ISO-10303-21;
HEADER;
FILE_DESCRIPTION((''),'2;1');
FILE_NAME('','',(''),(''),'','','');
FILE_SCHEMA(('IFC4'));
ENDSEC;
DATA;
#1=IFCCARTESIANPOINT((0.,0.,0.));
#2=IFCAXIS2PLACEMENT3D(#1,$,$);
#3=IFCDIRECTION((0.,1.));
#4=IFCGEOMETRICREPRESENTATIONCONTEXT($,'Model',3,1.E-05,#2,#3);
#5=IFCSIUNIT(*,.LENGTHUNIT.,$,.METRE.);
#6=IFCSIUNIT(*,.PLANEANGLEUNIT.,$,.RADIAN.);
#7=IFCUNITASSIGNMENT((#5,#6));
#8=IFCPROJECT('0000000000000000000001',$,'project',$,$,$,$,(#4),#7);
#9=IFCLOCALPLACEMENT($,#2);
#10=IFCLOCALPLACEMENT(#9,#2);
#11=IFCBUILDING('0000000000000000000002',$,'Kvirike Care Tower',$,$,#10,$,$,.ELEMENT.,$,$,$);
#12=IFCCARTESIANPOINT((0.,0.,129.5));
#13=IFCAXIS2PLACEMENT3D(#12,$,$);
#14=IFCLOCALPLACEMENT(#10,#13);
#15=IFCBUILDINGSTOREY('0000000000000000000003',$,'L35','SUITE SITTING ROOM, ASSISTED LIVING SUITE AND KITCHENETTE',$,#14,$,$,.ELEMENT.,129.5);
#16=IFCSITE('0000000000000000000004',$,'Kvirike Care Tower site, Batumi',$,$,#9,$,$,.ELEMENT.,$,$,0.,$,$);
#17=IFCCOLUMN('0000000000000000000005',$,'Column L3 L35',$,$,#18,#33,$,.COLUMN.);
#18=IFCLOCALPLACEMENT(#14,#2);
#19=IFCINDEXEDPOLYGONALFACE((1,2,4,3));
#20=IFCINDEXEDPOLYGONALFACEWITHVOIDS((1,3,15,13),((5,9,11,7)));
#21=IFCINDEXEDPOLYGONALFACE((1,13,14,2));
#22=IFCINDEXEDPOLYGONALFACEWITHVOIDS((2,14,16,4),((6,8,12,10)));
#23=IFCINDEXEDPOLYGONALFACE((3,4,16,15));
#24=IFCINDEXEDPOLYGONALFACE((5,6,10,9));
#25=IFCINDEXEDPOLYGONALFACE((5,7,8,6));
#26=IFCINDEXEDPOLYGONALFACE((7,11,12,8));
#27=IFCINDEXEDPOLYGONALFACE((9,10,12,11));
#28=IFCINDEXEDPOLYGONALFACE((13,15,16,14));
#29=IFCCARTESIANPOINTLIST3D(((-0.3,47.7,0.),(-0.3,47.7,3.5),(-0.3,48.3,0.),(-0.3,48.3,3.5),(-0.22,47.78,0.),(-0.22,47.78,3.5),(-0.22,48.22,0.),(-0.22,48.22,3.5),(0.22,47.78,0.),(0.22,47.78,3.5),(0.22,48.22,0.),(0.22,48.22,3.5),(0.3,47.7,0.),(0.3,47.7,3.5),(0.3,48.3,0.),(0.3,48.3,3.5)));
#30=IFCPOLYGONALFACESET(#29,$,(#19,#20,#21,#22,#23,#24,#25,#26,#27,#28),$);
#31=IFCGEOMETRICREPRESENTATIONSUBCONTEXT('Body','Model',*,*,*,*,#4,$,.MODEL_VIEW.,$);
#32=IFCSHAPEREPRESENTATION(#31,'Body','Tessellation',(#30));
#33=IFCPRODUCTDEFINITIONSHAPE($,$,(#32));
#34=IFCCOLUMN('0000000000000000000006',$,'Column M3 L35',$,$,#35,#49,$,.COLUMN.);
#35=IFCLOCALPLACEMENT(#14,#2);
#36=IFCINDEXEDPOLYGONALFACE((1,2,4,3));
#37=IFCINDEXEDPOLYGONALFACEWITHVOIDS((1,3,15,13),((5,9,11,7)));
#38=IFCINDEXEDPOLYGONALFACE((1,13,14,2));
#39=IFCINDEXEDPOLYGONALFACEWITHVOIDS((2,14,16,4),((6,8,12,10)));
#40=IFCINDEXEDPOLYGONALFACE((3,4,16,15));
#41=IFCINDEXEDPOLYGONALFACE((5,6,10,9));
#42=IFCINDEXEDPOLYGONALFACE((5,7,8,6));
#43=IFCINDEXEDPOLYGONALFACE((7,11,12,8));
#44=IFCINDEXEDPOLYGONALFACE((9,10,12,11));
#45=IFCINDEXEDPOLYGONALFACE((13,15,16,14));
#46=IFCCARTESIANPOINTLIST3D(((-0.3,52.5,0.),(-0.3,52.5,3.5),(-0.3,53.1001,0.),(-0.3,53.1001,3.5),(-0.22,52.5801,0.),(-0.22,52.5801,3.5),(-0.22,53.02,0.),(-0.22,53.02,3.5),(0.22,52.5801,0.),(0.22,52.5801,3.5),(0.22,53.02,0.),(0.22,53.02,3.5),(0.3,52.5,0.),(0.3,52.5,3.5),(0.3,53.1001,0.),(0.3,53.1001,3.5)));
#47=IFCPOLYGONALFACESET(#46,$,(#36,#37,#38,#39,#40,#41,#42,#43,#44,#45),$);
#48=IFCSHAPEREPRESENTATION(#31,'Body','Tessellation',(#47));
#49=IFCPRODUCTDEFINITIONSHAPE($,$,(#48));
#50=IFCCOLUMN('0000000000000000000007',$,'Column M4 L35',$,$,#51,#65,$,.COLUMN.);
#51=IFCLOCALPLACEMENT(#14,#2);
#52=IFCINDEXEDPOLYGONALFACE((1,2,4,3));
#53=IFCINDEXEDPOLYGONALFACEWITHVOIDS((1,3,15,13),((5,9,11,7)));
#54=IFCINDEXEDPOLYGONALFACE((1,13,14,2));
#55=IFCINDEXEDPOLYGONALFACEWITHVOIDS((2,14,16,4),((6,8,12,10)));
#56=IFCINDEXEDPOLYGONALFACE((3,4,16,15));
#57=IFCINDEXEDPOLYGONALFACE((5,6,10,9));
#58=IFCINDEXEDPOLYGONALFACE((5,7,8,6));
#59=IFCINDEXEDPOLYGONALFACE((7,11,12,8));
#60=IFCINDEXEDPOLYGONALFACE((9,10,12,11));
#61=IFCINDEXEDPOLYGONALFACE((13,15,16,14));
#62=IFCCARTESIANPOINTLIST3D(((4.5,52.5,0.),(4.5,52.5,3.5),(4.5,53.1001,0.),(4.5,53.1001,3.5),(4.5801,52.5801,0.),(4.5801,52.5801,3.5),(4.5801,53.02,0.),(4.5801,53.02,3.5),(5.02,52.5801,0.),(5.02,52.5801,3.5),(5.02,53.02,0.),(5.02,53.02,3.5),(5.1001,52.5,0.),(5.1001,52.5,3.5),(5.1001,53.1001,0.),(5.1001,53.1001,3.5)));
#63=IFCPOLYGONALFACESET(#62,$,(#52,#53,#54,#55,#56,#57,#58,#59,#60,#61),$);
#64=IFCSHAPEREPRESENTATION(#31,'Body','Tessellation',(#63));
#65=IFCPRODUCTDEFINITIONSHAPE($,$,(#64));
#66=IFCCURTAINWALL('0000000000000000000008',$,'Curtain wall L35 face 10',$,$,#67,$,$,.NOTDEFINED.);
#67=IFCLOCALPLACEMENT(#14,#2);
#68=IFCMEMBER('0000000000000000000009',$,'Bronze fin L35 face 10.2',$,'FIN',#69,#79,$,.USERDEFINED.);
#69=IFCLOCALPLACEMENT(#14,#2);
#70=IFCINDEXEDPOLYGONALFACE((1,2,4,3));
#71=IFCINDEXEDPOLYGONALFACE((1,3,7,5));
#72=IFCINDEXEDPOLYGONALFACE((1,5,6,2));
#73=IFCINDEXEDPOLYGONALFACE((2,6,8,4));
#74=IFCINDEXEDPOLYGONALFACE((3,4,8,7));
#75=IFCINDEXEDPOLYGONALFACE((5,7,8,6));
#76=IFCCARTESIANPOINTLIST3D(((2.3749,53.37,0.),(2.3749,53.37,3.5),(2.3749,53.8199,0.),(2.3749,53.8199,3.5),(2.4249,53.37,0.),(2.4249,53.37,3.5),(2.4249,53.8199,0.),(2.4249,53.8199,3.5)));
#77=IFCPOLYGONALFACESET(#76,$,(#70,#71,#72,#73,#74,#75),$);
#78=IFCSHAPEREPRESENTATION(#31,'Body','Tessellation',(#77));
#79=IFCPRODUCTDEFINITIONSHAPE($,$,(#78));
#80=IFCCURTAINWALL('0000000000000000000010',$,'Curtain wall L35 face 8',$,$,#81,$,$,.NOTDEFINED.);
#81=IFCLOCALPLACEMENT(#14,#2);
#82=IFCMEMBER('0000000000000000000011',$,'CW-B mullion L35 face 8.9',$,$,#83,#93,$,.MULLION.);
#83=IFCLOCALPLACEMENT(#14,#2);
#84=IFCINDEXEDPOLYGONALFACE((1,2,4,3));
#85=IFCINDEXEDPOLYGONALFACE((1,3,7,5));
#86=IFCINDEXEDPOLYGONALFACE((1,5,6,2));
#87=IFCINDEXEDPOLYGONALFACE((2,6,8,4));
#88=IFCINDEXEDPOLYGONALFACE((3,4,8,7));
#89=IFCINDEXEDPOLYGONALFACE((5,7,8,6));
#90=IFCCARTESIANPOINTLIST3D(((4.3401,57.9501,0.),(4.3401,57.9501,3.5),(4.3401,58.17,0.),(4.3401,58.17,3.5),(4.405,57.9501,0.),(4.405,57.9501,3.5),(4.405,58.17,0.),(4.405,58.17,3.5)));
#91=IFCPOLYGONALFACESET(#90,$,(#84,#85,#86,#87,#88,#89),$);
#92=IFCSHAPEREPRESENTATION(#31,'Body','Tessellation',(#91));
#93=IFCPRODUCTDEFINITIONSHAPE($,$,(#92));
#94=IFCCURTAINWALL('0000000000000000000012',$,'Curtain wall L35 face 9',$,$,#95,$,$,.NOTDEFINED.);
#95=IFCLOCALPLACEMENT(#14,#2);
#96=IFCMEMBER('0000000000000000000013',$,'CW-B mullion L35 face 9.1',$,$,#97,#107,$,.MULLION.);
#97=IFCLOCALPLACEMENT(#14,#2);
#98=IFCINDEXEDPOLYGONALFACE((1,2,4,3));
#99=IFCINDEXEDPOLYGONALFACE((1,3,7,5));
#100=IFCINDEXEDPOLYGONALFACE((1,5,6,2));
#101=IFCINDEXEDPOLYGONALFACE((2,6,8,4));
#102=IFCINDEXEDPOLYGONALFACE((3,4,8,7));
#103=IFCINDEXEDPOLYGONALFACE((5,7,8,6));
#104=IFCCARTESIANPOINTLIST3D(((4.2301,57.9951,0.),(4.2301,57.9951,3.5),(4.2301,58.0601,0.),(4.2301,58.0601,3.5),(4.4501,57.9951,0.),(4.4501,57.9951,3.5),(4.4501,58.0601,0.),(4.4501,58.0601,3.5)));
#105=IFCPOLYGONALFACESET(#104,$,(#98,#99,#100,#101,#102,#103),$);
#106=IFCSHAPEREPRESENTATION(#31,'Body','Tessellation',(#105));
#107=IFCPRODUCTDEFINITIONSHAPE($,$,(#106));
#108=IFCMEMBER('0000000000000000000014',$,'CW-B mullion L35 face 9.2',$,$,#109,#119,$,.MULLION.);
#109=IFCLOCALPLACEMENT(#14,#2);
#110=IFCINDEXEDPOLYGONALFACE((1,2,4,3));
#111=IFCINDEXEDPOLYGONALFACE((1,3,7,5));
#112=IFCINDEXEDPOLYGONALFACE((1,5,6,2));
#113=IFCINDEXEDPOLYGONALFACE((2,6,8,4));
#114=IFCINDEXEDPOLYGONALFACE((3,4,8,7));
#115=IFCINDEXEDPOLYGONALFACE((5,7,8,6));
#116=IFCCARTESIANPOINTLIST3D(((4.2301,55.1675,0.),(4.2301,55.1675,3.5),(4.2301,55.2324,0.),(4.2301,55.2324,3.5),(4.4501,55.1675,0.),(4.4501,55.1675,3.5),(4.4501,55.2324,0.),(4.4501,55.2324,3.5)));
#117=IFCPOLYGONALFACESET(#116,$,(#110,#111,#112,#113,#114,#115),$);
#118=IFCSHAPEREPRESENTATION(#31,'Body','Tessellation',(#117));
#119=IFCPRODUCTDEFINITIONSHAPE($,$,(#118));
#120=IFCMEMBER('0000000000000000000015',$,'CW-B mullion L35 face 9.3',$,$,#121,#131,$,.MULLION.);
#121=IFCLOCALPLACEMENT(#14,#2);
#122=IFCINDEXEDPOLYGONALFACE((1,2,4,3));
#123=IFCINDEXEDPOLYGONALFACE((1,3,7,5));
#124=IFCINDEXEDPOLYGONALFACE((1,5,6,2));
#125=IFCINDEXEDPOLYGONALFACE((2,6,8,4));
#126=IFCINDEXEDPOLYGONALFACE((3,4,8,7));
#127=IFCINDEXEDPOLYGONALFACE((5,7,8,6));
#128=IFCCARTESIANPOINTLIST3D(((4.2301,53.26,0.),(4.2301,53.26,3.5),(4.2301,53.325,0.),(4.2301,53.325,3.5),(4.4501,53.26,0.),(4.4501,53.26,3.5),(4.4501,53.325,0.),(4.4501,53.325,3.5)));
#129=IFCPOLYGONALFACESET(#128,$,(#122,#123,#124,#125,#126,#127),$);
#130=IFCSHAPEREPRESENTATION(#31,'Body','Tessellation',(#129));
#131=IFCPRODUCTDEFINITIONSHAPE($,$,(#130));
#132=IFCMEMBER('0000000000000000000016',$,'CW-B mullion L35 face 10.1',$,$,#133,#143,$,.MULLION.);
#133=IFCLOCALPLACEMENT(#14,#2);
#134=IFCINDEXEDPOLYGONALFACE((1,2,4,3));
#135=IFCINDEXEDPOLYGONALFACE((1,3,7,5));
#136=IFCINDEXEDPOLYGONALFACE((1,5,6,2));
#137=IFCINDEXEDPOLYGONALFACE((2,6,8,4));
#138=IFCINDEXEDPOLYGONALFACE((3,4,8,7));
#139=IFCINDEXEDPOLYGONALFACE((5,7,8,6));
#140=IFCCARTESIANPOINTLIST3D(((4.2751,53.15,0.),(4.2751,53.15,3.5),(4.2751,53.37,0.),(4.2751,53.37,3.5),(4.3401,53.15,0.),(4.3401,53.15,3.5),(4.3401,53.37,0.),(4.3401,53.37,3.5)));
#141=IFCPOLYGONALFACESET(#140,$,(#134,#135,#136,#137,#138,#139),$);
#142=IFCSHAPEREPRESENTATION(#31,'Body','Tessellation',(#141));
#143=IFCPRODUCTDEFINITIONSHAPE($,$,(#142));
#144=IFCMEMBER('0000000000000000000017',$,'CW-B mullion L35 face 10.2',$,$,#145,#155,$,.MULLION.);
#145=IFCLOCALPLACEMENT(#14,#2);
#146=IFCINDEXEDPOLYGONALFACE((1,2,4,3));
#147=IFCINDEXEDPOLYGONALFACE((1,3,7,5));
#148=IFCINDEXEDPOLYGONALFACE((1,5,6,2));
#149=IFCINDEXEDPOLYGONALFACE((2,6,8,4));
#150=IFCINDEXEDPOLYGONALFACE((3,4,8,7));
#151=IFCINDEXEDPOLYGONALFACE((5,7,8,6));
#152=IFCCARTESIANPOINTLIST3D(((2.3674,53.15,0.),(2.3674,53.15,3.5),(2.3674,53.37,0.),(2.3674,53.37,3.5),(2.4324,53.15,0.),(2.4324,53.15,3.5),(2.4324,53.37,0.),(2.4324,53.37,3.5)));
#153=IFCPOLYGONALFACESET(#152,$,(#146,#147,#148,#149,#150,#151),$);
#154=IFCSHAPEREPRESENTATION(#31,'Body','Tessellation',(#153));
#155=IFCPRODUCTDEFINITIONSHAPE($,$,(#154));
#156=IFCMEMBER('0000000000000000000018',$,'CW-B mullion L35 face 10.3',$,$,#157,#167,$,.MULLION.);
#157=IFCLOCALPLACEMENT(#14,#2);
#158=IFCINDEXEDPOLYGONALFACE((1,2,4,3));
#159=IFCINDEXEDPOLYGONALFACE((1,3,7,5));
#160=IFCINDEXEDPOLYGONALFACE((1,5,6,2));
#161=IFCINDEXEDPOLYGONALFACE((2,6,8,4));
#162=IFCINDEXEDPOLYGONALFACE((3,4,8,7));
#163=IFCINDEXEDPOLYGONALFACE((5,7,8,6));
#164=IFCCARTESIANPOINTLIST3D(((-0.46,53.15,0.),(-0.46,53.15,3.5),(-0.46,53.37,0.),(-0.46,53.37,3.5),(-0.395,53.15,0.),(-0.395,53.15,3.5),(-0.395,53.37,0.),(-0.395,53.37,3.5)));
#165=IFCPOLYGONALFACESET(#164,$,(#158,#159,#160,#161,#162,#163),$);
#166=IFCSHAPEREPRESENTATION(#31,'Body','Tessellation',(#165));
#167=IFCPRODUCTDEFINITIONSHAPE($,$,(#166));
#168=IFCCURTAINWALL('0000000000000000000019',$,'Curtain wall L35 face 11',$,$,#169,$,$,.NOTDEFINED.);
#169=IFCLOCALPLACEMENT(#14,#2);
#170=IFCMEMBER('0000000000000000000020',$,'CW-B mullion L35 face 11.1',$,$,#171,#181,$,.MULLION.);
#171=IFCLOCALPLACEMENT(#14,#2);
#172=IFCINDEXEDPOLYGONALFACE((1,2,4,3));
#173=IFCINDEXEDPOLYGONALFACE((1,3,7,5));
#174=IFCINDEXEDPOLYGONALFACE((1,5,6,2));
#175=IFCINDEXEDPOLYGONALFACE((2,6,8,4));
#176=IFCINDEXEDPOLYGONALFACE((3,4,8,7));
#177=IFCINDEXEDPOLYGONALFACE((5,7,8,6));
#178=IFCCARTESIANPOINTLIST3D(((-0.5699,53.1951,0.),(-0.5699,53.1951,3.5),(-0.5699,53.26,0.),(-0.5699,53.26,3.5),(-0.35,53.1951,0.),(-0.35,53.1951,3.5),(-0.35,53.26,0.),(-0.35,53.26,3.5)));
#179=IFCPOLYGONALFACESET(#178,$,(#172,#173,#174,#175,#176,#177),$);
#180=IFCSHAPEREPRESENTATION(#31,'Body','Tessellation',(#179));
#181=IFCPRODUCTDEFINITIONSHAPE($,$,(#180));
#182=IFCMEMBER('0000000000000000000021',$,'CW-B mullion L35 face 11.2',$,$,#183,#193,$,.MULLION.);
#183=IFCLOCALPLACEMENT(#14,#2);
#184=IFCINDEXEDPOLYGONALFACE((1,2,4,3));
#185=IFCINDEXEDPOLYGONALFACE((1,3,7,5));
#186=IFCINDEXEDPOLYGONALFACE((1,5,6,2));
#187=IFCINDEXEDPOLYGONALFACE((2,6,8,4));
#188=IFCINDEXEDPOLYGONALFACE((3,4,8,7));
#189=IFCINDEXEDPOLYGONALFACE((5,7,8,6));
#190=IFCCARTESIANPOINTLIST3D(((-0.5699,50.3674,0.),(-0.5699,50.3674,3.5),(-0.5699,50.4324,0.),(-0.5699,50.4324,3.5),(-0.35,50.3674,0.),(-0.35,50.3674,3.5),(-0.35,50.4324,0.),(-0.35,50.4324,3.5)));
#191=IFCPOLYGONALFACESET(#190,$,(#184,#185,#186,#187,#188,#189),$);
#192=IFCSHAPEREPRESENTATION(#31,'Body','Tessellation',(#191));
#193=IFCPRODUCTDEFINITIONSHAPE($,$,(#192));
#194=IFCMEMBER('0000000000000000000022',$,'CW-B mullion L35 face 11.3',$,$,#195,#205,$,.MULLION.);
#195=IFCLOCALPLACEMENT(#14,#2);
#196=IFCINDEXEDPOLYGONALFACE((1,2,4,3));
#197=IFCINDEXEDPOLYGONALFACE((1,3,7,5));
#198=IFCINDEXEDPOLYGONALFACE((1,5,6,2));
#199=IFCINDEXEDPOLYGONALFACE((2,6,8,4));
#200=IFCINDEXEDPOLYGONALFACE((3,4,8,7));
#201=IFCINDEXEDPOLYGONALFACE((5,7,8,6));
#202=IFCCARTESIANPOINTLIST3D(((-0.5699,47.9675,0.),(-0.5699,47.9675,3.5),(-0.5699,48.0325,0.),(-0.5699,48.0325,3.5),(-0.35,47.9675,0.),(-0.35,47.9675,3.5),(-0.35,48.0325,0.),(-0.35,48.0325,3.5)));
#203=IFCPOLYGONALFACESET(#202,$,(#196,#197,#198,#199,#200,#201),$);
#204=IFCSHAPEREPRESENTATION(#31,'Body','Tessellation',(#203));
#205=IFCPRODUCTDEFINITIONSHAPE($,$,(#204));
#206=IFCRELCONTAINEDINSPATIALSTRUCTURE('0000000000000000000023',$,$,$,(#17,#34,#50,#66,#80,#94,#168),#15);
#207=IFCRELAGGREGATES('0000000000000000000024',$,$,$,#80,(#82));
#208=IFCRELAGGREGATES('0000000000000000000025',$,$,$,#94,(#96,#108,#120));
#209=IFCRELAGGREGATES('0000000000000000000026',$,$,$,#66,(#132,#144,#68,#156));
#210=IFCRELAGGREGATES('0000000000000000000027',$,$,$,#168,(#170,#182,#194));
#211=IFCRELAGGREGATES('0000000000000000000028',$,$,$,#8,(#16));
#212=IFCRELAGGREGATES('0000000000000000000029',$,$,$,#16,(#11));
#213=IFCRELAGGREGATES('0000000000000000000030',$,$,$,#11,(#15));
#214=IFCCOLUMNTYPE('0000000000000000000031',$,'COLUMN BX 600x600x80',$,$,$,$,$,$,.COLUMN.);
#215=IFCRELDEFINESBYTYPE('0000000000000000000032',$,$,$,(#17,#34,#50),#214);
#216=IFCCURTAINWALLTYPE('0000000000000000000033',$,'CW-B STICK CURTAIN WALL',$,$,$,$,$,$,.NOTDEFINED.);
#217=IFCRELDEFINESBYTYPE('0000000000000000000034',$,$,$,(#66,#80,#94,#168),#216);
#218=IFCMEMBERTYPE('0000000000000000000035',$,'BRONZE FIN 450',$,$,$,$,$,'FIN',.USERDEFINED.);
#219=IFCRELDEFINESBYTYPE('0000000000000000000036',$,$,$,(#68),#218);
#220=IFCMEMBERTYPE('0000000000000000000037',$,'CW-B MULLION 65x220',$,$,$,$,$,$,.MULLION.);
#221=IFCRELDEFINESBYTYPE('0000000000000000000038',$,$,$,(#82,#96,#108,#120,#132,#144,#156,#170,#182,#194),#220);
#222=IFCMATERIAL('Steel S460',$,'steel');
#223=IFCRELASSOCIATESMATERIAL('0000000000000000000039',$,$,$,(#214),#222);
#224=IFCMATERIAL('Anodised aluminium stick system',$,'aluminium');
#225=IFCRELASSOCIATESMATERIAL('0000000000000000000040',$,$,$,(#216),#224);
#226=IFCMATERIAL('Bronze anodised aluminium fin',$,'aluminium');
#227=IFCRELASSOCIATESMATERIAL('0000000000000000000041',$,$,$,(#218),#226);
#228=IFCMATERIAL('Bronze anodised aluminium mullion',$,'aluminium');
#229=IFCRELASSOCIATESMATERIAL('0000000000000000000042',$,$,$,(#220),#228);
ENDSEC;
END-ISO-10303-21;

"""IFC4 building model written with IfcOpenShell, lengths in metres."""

from ifc_helpers import new_model, si_unit, direction, frame, origin, origin_2d, place, context, subcontext, project, spatial, rectangle, hollow_rectangle, extrude, material, material_profile, profile_set, type_object, element, aggregate, save


model = new_model("IFC4")

# Units and contexts
model_context = context("Model", 3, precision=1e-05, world=origin(), true_north=direction((0.0, 1.0)))
body_context = subcontext(model_context, "Body", "Model", "MODEL_VIEW")
ifc_project = project(units=[si_unit("LENGTHUNIT", "METRE"), si_unit("PLANEANGLEUNIT", "RADIAN")], contexts=[model_context])

# Site, building, storey
site_placement = place(None, origin())
site = spatial("IfcSite", under=ifc_project, at=site_placement, Name="Kvirike Care Tower site, Batumi", CompositionType="ELEMENT", RefElevation=0.0)
building_placement = place(site_placement, origin())
building = spatial("IfcBuilding", under=site, at=building_placement, Name="Kvirike Care Tower", CompositionType="ELEMENT")
storey_placement = place(building_placement, frame((0.0, 0.0, 129.5)))
storey = spatial("IfcBuildingStorey", under=building, at=storey_placement, Name="L35", Description="SUITE SITTING ROOM, ASSISTED LIVING SUITE AND KITCHENETTE", CompositionType="ELEMENT", Elevation=129.5)

# Columns
ifc_material_1 = material(Name="Steel S460", Category="steel")
ifc_material_profile_1 = material_profile(ifc_material_1, hollow_rectangle(XDim=0.6001, YDim=0.6001, WallThickness=0.0801, at=origin_2d()), Name="BX 600x600x80")
ifc_profile_set_1 = profile_set([ifc_material_profile_1], Name="Steel S460")
column_type = type_object("IfcColumnType", Name="COLUMN BX 600x600x80", PredefinedType="COLUMN", material=ifc_profile_set_1)
for number, where, z_axis, x_axis, name in (
    (1, (0.0, 48.0, 0.0), (0.0, 0.0, 1.0), (1.0, 0.0, 0.0), "Column L3 L35"),
    (2, (0.0, 52.8, 0.0), (0.0, 0.0, 1.0), (0.0, 1.0, 0.0), "Column M3 L35"),
    (3, (4.8, 52.8, 0.0), (0.0, 0.0, 1.0), (0.0, 1.0, 0.0), "Column M4 L35"),
):
    element("IfcColumn", number, at=place(storey_placement, frame(where, z_axis=z_axis, x_axis=x_axis)), inside=storey, type_object=column_type, Name=name, PredefinedType="COLUMN", context=body_context, shape_type="SweptSolid", body=[
        extrude(hollow_rectangle(XDim=0.6001, YDim=0.6001, WallThickness=0.0801, at=origin_2d()), origin(), (0.0, 0.0, 1.0), 3.5),
    ])

# Curtain walls, members
ifc_material_2 = material(Name="Anodised aluminium stick system", Category="aluminium")
curtain_wall_type = type_object("IfcCurtainWallType", Name="CW-B STICK CURTAIN WALL", PredefinedType="NOTDEFINED", material=ifc_material_2)
curtain_wall_1_placement = place(storey_placement, origin())
curtain_wall_1 = element("IfcCurtainWall", 4, at=curtain_wall_1_placement, inside=storey, type_object=curtain_wall_type, Name="Curtain wall L35 face 10", PredefinedType="NOTDEFINED")
ifc_material_3 = material(Name="Bronze anodised aluminium fin", Category="aluminium")
ifc_material_profile_2 = material_profile(ifc_material_3, rectangle(XDim=0.05, YDim=0.45, at=origin_2d()), Name="BRONZE FIN 450")
ifc_profile_set_2 = profile_set([ifc_material_profile_2], Name="Bronze anodised aluminium fin")
member_type_1 = type_object("IfcMemberType", Name="BRONZE FIN 450", ElementType="FIN", PredefinedType="USERDEFINED", material=ifc_profile_set_2)
member_1_placement = place(storey_placement, frame((2.3999, 53.595, 0.0), z_axis=(0.0, 0.0, 1.0), x_axis=(-1.0, 0.0, 0.0)))
member_1 = element("IfcMember", 5, at=member_1_placement, type_object=member_type_1, Name="Bronze fin L35 face 10.2", ObjectType="FIN", PredefinedType="USERDEFINED", context=body_context, shape_type="SweptSolid", body=[
    extrude(rectangle(XDim=0.05, YDim=0.45, at=origin_2d()), origin(), (0.0, 0.0, 1.0), 3.5),
])
curtain_wall_2_placement = place(storey_placement, origin())
curtain_wall_2 = element("IfcCurtainWall", 6, at=curtain_wall_2_placement, inside=storey, type_object=curtain_wall_type, Name="Curtain wall L35 face 8", PredefinedType="NOTDEFINED")
ifc_material_4 = material(Name="Bronze anodised aluminium mullion", Category="aluminium")
ifc_material_profile_3 = material_profile(ifc_material_4, rectangle(XDim=0.0649, YDim=0.22, at=origin_2d()), Name="CW-B MULLION 65x220")
ifc_profile_set_3 = profile_set([ifc_material_profile_3], Name="Bronze anodised aluminium mullion")
member_type_2 = type_object("IfcMemberType", Name="CW-B MULLION 65x220", PredefinedType="MULLION", material=ifc_profile_set_3)
member_2_placement = place(storey_placement, frame((4.3726, 58.0601, 0.0), z_axis=(0.0, 0.0, 1.0), x_axis=(-1.0, 0.0, 0.0)))
member_2 = element("IfcMember", 7, at=member_2_placement, type_object=member_type_2, Name="CW-B mullion L35 face 8.9", PredefinedType="MULLION", context=body_context, shape_type="SweptSolid", body=[
    extrude(rectangle(XDim=0.0649, YDim=0.22, at=origin_2d()), origin(), (0.0, 0.0, 1.0), 3.5),
])
aggregate(curtain_wall_2, [member_2])

# Curtain wall, members
curtain_wall_3_placement = place(storey_placement, origin())
curtain_wall_3 = element("IfcCurtainWall", 8, at=curtain_wall_3_placement, inside=storey, type_object=curtain_wall_type, Name="Curtain wall L35 face 9", PredefinedType="NOTDEFINED")
member_3_placement = place(storey_placement, frame((4.3401, 58.0276, 0.0), z_axis=(0.0, 0.0, 1.0), x_axis=(0.0, -1.0, 0.0)))
member_3 = element("IfcMember", 9, at=member_3_placement, type_object=member_type_2, Name="CW-B mullion L35 face 9.1", PredefinedType="MULLION", context=body_context, shape_type="SweptSolid", body=[
    extrude(rectangle(XDim=0.0649, YDim=0.22, at=origin_2d()), origin(), (0.0, 0.0, 1.0), 3.5),
])
member_4_placement = place(storey_placement, frame((4.3401, 55.2, 0.0), z_axis=(0.0, 0.0, 1.0), x_axis=(0.0, -1.0, 0.0)))
member_4 = element("IfcMember", 10, at=member_4_placement, type_object=member_type_2, Name="CW-B mullion L35 face 9.2", PredefinedType="MULLION", context=body_context, shape_type="SweptSolid", body=[
    extrude(rectangle(XDim=0.0649, YDim=0.22, at=origin_2d()), origin(), (0.0, 0.0, 1.0), 3.5),
])
member_5_placement = place(storey_placement, frame((4.3401, 53.2925, 0.0), z_axis=(0.0, 0.0, 1.0), x_axis=(0.0, -1.0, 0.0)))
member_5 = element("IfcMember", 11, at=member_5_placement, type_object=member_type_2, Name="CW-B mullion L35 face 9.3", PredefinedType="MULLION", context=body_context, shape_type="SweptSolid", body=[
    extrude(rectangle(XDim=0.0649, YDim=0.22, at=origin_2d()), origin(), (0.0, 0.0, 1.0), 3.5),
])

# Members
member_6_placement = place(storey_placement, frame((4.3076, 53.26, 0.0), z_axis=(0.0, 0.0, 1.0), x_axis=(-1.0, 0.0, 0.0)))
member_6 = element("IfcMember", 12, at=member_6_placement, type_object=member_type_2, Name="CW-B mullion L35 face 10.1", PredefinedType="MULLION", context=body_context, shape_type="SweptSolid", body=[
    extrude(rectangle(XDim=0.0649, YDim=0.22, at=origin_2d()), origin(), (0.0, 0.0, 1.0), 3.5),
])
member_7_placement = place(storey_placement, frame((2.3999, 53.26, 0.0), z_axis=(0.0, 0.0, 1.0), x_axis=(-1.0, 0.0, 0.0)))
member_7 = element("IfcMember", 13, at=member_7_placement, type_object=member_type_2, Name="CW-B mullion L35 face 10.2", PredefinedType="MULLION", context=body_context, shape_type="SweptSolid", body=[
    extrude(rectangle(XDim=0.0649, YDim=0.22, at=origin_2d()), origin(), (0.0, 0.0, 1.0), 3.5),
])
member_8_placement = place(storey_placement, frame((-0.4275, 53.26, 0.0), z_axis=(0.0, 0.0, 1.0), x_axis=(-1.0, 0.0, 0.0)))
member_8 = element("IfcMember", 14, at=member_8_placement, type_object=member_type_2, Name="CW-B mullion L35 face 10.3", PredefinedType="MULLION", context=body_context, shape_type="SweptSolid", body=[
    extrude(rectangle(XDim=0.0649, YDim=0.22, at=origin_2d()), origin(), (0.0, 0.0, 1.0), 3.5),
])

# Curtain wall, members
curtain_wall_4_placement = place(storey_placement, origin())
curtain_wall_4 = element("IfcCurtainWall", 15, at=curtain_wall_4_placement, inside=storey, type_object=curtain_wall_type, Name="Curtain wall L35 face 11", PredefinedType="NOTDEFINED")
member_9_placement = place(storey_placement, frame((-0.46, 53.2275, 0.0), z_axis=(0.0, 0.0, 1.0), x_axis=(0.0, -1.0, 0.0)))
member_9 = element("IfcMember", 16, at=member_9_placement, type_object=member_type_2, Name="CW-B mullion L35 face 11.1", PredefinedType="MULLION", context=body_context, shape_type="SweptSolid", body=[
    extrude(rectangle(XDim=0.0649, YDim=0.22, at=origin_2d()), origin(), (0.0, 0.0, 1.0), 3.5),
])
member_10_placement = place(storey_placement, frame((-0.46, 50.3999, 0.0), z_axis=(0.0, 0.0, 1.0), x_axis=(0.0, -1.0, 0.0)))
member_10 = element("IfcMember", 17, at=member_10_placement, type_object=member_type_2, Name="CW-B mullion L35 face 11.2", PredefinedType="MULLION", context=body_context, shape_type="SweptSolid", body=[
    extrude(rectangle(XDim=0.0649, YDim=0.22, at=origin_2d()), origin(), (0.0, 0.0, 1.0), 3.5),
])
member_11_placement = place(storey_placement, frame((-0.46, 48.0, 0.0), z_axis=(0.0, 0.0, 1.0), x_axis=(0.0, -1.0, 0.0)))
member_11 = element("IfcMember", 18, at=member_11_placement, type_object=member_type_2, Name="CW-B mullion L35 face 11.3", PredefinedType="MULLION", context=body_context, shape_type="SweptSolid", body=[
    extrude(rectangle(XDim=0.0649, YDim=0.22, at=origin_2d()), origin(), (0.0, 0.0, 1.0), 3.5),
])

aggregate(curtain_wall_3, [member_3, member_4, member_5])
aggregate(curtain_wall_1, [member_6, member_7, member_1, member_8])
aggregate(curtain_wall_4, [member_9, member_10, member_11])

save(model, "model.ifc")
